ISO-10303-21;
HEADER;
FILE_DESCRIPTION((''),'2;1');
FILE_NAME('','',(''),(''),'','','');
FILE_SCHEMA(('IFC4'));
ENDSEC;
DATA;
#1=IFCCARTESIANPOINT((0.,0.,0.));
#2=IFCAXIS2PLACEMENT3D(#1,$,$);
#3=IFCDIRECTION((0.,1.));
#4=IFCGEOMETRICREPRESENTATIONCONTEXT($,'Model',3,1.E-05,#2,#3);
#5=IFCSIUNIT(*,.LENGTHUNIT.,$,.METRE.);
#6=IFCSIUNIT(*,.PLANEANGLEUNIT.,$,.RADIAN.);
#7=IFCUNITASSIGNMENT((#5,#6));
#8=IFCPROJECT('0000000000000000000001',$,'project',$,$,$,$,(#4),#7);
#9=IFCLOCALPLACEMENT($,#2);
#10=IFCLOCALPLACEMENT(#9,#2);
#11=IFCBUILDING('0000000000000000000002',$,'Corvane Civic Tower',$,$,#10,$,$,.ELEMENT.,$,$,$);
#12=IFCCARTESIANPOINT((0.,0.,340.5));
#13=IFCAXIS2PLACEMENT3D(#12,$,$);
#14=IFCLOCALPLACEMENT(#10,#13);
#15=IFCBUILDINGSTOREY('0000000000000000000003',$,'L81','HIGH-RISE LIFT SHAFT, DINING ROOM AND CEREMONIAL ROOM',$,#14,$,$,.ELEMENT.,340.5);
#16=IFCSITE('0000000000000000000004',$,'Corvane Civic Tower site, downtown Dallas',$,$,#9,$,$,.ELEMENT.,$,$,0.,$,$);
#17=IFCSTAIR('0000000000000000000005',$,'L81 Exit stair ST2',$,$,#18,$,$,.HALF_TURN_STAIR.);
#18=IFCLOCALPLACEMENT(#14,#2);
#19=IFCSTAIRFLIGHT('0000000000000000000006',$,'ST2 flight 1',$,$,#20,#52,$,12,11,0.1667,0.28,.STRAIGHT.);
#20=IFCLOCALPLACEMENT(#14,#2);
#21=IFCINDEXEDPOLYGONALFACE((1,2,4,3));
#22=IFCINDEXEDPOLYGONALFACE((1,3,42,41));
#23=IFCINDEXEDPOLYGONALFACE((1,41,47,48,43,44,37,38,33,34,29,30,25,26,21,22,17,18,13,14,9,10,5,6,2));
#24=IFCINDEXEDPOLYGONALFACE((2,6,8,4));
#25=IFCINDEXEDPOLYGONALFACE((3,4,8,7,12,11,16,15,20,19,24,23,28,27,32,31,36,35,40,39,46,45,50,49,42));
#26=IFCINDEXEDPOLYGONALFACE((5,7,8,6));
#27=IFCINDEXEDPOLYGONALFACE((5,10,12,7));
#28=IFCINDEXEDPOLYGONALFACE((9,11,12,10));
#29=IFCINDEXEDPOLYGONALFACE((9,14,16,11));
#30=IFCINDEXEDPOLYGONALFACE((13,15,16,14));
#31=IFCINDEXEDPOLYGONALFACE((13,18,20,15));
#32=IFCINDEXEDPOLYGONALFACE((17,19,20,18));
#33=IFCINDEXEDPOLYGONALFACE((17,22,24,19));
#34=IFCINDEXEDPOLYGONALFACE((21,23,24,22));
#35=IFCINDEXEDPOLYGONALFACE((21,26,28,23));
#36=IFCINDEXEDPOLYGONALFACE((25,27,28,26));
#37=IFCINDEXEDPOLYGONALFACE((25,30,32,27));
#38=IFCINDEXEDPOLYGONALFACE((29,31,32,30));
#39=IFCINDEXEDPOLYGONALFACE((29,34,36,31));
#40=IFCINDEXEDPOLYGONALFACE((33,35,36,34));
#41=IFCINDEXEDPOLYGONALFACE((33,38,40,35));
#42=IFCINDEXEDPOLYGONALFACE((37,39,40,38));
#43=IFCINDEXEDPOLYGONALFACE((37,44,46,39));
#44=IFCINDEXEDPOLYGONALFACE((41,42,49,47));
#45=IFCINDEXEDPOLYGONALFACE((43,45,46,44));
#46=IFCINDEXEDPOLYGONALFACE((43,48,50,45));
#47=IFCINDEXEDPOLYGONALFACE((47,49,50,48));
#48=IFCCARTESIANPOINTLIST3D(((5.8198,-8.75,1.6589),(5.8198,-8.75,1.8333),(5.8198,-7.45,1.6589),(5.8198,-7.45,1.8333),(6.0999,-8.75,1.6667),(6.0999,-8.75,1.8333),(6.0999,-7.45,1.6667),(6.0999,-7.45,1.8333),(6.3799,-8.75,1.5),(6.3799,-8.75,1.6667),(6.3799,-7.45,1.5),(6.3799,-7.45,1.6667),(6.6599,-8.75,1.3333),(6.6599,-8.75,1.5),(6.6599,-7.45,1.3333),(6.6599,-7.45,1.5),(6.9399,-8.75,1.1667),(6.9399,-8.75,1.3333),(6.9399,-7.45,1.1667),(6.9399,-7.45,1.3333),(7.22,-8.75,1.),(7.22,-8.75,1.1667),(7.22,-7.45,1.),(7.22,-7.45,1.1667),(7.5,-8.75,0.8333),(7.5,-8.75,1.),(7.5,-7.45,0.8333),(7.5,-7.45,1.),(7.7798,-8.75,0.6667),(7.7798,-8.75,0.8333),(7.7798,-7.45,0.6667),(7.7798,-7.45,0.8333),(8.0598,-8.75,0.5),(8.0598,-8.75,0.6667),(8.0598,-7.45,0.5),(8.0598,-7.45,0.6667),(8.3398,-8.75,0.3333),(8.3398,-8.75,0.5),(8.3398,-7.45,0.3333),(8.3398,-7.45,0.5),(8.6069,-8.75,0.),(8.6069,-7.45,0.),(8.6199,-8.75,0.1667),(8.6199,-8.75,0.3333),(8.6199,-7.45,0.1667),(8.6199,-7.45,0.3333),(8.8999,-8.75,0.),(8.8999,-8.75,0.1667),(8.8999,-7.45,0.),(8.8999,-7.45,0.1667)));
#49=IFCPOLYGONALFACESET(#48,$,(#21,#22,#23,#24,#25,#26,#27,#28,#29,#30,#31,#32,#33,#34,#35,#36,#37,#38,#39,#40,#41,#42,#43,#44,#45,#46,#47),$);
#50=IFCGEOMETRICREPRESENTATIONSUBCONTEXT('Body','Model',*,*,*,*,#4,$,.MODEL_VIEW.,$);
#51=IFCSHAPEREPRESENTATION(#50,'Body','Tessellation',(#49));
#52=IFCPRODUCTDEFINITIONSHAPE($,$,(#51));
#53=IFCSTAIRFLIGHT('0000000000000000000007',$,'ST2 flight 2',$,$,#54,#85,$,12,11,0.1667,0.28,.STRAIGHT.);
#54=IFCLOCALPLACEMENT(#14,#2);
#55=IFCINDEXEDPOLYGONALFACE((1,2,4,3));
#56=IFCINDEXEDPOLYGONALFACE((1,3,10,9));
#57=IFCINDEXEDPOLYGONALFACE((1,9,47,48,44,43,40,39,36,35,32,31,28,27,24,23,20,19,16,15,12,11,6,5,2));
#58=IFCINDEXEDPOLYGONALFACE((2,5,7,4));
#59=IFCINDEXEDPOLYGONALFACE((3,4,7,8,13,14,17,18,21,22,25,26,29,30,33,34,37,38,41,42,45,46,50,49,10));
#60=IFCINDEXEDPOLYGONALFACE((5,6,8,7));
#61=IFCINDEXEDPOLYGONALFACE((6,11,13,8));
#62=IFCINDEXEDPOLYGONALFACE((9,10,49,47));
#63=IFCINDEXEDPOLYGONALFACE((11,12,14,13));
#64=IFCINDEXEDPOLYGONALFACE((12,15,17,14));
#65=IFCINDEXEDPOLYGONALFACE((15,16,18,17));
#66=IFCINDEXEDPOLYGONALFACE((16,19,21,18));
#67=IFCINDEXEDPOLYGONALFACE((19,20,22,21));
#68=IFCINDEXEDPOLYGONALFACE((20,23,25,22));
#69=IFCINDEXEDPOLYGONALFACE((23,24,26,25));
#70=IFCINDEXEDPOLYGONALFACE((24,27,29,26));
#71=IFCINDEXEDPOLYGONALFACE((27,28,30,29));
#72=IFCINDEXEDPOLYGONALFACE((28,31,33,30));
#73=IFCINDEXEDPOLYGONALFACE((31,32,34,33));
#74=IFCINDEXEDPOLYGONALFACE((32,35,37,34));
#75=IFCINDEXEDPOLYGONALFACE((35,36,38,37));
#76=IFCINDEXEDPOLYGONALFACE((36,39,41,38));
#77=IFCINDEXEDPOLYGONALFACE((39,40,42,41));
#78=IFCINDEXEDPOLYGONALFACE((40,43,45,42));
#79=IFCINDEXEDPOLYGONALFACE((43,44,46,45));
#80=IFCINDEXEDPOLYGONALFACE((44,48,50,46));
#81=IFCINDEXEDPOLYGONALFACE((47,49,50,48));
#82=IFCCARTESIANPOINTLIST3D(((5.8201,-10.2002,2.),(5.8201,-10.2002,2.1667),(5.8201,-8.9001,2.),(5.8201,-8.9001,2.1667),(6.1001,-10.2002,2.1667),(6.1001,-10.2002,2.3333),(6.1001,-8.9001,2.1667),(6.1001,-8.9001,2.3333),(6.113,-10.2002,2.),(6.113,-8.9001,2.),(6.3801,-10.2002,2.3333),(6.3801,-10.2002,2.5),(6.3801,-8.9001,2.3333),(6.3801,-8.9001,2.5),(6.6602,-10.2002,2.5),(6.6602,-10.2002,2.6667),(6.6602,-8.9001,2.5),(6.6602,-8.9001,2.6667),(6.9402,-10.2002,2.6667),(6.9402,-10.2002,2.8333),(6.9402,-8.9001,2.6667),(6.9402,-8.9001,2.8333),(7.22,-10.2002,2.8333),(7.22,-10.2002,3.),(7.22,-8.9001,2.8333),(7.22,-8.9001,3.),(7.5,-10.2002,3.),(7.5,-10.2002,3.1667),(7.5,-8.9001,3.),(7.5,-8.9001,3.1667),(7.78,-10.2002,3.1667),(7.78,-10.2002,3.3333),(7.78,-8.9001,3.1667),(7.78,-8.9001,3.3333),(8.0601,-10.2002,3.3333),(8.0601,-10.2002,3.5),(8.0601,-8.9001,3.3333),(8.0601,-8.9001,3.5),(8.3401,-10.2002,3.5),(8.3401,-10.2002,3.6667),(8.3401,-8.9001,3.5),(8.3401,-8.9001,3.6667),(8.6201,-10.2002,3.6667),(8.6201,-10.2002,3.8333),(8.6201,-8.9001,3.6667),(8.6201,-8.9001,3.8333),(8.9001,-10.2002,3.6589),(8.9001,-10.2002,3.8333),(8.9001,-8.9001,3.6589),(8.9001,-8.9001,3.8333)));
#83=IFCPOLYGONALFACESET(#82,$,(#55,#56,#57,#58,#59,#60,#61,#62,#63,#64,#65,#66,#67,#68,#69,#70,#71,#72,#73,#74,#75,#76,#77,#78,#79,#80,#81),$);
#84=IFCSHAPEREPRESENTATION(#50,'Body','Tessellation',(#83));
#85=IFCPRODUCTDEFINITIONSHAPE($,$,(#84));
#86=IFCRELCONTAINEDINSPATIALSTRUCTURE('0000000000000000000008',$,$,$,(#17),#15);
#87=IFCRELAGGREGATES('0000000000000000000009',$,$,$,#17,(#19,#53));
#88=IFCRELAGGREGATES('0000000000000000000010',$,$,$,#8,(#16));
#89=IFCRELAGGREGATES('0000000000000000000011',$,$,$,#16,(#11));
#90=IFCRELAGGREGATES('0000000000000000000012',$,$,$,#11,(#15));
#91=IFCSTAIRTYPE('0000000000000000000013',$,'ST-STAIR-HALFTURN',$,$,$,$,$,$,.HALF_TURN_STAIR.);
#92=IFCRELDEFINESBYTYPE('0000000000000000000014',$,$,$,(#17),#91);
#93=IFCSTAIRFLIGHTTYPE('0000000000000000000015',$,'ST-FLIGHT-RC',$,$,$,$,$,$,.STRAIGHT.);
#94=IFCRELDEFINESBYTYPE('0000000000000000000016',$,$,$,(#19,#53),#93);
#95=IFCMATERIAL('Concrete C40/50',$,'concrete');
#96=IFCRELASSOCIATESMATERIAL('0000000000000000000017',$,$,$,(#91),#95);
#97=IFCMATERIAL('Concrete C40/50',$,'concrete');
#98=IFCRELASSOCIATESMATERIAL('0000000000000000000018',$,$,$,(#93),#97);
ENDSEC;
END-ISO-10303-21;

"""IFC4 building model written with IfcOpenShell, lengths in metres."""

from ifc_helpers import new_model, si_unit, direction, frame, origin, place, context, subcontext, project, spatial, polyline, outline, extrude, material, type_object, element, aggregate, save


model = new_model("IFC4")

# Units and contexts
model_context = context("Model", 3, precision=1e-05, world=origin(), true_north=direction((0.0, 1.0)))
body_context = subcontext(model_context, "Body", "Model", "MODEL_VIEW")
ifc_project = project(units=[si_unit("LENGTHUNIT", "METRE"), si_unit("PLANEANGLEUNIT", "RADIAN")], contexts=[model_context])

# Site, building, storey
site_placement = place(None, origin())
site = spatial("IfcSite", under=ifc_project, at=site_placement, Name="Corvane Civic Tower site, downtown Dallas", CompositionType="ELEMENT", RefElevation=0.0)
building_placement = place(site_placement, origin())
building = spatial("IfcBuilding", under=site, at=building_placement, Name="Corvane Civic Tower", CompositionType="ELEMENT")
storey_placement = place(building_placement, frame((0.0, 0.0, 340.5)))
storey = spatial("IfcBuildingStorey", under=building, at=storey_placement, Name="L81", Description="HIGH-RISE LIFT SHAFT, DINING ROOM AND CEREMONIAL ROOM", CompositionType="ELEMENT", Elevation=340.5)

# Shared definitions
ifc_material_1 = material(Name="Concrete C40/50", Category="concrete")
stair_type = type_object("IfcStairType", Name="ST-STAIR-HALFTURN", PredefinedType="HALF_TURN_STAIR", material=ifc_material_1)

# Stair, stair flights
stair_1_placement = place(storey_placement, origin())
stair_1 = element("IfcStair", 1, at=stair_1_placement, inside=storey, type_object=stair_type, Name="L81 Exit stair ST2", PredefinedType="HALF_TURN_STAIR")
ifc_material_2 = material(Name="Concrete C40/50", Category="concrete")
stair_flight_type = type_object("IfcStairFlightType", Name="ST-FLIGHT-RC", PredefinedType="STRAIGHT", material=ifc_material_2)
stair_flight_1_placement = place(storey_placement, frame((8.8999, -8.1001, 0.0), z_axis=(0.0, 0.0, 1.0), x_axis=(-1.0, 0.0, 0.0)))
stair_flight_1 = element("IfcStairFlight", 2, at=stair_flight_1_placement, type_object=stair_flight_type, Name="ST2 flight 1", NumberOfRisers=12, NumberOfTreads=11, PredefinedType="STRAIGHT", RiserHeight=0.1667, TreadLength=0.28, context=body_context, shape_type="SweptSolid", body=[
    extrude(outline(polyline([(0.0, 0.0), (0.0, 0.1667), (0.28, 0.1667), (0.28, 0.3333), (0.5601, 0.3333), (0.5601, 0.5), (0.8401, 0.5), (0.8401, 0.6667), (1.1201, 0.6667), (1.1201, 0.8333), (1.3999, 0.8333), (1.3999, 1.0), (1.6799, 1.0), (1.6799, 1.1667), (1.96, 1.1667), (1.96, 1.3333), (2.24, 1.3333), (2.24, 1.5), (2.52, 1.5), (2.52, 1.6667), (2.8, 1.6667), (2.8, 1.8333), (3.0801, 1.8333), (3.0801, 2.0), (3.0801, 1.6589), (0.293, 0.0), (0.0, 0.0)])), frame((0.0, 0.6499, 0.0), z_axis=(0.0, -1.0, 0.0), x_axis=(1.0, 0.0, 0.0)), (0.0, 0.0, 1.0), 1.3),
])
stair_flight_2_placement = place(storey_placement, frame((5.8201, -9.55, 2.0), z_axis=(0.0, 0.0, 1.0), x_axis=(1.0, 0.0, 0.0)))
stair_flight_2 = element("IfcStairFlight", 3, at=stair_flight_2_placement, type_object=stair_flight_type, Name="ST2 flight 2", NumberOfRisers=12, NumberOfTreads=11, PredefinedType="STRAIGHT", RiserHeight=0.1667, TreadLength=0.28, context=body_context, shape_type="SweptSolid", body=[
    extrude(outline(polyline([(0.0, 0.0), (0.0, 0.1667), (0.28, 0.1667), (0.28, 0.3333), (0.5601, 0.3333), (0.5601, 0.5), (0.8401, 0.5), (0.8401, 0.6667), (1.1201, 0.6667), (1.1201, 0.8333), (1.3999, 0.8333), (1.3999, 1.0), (1.6799, 1.0), (1.6799, 1.1667), (1.96, 1.1667), (1.96, 1.3333), (2.24, 1.3333), (2.24, 1.5), (2.52, 1.5), (2.52, 1.6667), (2.8, 1.6667), (2.8, 1.8333), (3.0801, 1.8333), (3.0801, 2.0), (3.0801, 1.6589), (0.293, 0.0), (0.0, 0.0)])), frame((0.0, 0.6499, 0.0), z_axis=(0.0, -1.0, 0.0), x_axis=(1.0, 0.0, 0.0)), (0.0, 0.0, 1.0), 1.3),
])
aggregate(stair_1, [stair_flight_1, stair_flight_2])

save(model, "model.ifc")
